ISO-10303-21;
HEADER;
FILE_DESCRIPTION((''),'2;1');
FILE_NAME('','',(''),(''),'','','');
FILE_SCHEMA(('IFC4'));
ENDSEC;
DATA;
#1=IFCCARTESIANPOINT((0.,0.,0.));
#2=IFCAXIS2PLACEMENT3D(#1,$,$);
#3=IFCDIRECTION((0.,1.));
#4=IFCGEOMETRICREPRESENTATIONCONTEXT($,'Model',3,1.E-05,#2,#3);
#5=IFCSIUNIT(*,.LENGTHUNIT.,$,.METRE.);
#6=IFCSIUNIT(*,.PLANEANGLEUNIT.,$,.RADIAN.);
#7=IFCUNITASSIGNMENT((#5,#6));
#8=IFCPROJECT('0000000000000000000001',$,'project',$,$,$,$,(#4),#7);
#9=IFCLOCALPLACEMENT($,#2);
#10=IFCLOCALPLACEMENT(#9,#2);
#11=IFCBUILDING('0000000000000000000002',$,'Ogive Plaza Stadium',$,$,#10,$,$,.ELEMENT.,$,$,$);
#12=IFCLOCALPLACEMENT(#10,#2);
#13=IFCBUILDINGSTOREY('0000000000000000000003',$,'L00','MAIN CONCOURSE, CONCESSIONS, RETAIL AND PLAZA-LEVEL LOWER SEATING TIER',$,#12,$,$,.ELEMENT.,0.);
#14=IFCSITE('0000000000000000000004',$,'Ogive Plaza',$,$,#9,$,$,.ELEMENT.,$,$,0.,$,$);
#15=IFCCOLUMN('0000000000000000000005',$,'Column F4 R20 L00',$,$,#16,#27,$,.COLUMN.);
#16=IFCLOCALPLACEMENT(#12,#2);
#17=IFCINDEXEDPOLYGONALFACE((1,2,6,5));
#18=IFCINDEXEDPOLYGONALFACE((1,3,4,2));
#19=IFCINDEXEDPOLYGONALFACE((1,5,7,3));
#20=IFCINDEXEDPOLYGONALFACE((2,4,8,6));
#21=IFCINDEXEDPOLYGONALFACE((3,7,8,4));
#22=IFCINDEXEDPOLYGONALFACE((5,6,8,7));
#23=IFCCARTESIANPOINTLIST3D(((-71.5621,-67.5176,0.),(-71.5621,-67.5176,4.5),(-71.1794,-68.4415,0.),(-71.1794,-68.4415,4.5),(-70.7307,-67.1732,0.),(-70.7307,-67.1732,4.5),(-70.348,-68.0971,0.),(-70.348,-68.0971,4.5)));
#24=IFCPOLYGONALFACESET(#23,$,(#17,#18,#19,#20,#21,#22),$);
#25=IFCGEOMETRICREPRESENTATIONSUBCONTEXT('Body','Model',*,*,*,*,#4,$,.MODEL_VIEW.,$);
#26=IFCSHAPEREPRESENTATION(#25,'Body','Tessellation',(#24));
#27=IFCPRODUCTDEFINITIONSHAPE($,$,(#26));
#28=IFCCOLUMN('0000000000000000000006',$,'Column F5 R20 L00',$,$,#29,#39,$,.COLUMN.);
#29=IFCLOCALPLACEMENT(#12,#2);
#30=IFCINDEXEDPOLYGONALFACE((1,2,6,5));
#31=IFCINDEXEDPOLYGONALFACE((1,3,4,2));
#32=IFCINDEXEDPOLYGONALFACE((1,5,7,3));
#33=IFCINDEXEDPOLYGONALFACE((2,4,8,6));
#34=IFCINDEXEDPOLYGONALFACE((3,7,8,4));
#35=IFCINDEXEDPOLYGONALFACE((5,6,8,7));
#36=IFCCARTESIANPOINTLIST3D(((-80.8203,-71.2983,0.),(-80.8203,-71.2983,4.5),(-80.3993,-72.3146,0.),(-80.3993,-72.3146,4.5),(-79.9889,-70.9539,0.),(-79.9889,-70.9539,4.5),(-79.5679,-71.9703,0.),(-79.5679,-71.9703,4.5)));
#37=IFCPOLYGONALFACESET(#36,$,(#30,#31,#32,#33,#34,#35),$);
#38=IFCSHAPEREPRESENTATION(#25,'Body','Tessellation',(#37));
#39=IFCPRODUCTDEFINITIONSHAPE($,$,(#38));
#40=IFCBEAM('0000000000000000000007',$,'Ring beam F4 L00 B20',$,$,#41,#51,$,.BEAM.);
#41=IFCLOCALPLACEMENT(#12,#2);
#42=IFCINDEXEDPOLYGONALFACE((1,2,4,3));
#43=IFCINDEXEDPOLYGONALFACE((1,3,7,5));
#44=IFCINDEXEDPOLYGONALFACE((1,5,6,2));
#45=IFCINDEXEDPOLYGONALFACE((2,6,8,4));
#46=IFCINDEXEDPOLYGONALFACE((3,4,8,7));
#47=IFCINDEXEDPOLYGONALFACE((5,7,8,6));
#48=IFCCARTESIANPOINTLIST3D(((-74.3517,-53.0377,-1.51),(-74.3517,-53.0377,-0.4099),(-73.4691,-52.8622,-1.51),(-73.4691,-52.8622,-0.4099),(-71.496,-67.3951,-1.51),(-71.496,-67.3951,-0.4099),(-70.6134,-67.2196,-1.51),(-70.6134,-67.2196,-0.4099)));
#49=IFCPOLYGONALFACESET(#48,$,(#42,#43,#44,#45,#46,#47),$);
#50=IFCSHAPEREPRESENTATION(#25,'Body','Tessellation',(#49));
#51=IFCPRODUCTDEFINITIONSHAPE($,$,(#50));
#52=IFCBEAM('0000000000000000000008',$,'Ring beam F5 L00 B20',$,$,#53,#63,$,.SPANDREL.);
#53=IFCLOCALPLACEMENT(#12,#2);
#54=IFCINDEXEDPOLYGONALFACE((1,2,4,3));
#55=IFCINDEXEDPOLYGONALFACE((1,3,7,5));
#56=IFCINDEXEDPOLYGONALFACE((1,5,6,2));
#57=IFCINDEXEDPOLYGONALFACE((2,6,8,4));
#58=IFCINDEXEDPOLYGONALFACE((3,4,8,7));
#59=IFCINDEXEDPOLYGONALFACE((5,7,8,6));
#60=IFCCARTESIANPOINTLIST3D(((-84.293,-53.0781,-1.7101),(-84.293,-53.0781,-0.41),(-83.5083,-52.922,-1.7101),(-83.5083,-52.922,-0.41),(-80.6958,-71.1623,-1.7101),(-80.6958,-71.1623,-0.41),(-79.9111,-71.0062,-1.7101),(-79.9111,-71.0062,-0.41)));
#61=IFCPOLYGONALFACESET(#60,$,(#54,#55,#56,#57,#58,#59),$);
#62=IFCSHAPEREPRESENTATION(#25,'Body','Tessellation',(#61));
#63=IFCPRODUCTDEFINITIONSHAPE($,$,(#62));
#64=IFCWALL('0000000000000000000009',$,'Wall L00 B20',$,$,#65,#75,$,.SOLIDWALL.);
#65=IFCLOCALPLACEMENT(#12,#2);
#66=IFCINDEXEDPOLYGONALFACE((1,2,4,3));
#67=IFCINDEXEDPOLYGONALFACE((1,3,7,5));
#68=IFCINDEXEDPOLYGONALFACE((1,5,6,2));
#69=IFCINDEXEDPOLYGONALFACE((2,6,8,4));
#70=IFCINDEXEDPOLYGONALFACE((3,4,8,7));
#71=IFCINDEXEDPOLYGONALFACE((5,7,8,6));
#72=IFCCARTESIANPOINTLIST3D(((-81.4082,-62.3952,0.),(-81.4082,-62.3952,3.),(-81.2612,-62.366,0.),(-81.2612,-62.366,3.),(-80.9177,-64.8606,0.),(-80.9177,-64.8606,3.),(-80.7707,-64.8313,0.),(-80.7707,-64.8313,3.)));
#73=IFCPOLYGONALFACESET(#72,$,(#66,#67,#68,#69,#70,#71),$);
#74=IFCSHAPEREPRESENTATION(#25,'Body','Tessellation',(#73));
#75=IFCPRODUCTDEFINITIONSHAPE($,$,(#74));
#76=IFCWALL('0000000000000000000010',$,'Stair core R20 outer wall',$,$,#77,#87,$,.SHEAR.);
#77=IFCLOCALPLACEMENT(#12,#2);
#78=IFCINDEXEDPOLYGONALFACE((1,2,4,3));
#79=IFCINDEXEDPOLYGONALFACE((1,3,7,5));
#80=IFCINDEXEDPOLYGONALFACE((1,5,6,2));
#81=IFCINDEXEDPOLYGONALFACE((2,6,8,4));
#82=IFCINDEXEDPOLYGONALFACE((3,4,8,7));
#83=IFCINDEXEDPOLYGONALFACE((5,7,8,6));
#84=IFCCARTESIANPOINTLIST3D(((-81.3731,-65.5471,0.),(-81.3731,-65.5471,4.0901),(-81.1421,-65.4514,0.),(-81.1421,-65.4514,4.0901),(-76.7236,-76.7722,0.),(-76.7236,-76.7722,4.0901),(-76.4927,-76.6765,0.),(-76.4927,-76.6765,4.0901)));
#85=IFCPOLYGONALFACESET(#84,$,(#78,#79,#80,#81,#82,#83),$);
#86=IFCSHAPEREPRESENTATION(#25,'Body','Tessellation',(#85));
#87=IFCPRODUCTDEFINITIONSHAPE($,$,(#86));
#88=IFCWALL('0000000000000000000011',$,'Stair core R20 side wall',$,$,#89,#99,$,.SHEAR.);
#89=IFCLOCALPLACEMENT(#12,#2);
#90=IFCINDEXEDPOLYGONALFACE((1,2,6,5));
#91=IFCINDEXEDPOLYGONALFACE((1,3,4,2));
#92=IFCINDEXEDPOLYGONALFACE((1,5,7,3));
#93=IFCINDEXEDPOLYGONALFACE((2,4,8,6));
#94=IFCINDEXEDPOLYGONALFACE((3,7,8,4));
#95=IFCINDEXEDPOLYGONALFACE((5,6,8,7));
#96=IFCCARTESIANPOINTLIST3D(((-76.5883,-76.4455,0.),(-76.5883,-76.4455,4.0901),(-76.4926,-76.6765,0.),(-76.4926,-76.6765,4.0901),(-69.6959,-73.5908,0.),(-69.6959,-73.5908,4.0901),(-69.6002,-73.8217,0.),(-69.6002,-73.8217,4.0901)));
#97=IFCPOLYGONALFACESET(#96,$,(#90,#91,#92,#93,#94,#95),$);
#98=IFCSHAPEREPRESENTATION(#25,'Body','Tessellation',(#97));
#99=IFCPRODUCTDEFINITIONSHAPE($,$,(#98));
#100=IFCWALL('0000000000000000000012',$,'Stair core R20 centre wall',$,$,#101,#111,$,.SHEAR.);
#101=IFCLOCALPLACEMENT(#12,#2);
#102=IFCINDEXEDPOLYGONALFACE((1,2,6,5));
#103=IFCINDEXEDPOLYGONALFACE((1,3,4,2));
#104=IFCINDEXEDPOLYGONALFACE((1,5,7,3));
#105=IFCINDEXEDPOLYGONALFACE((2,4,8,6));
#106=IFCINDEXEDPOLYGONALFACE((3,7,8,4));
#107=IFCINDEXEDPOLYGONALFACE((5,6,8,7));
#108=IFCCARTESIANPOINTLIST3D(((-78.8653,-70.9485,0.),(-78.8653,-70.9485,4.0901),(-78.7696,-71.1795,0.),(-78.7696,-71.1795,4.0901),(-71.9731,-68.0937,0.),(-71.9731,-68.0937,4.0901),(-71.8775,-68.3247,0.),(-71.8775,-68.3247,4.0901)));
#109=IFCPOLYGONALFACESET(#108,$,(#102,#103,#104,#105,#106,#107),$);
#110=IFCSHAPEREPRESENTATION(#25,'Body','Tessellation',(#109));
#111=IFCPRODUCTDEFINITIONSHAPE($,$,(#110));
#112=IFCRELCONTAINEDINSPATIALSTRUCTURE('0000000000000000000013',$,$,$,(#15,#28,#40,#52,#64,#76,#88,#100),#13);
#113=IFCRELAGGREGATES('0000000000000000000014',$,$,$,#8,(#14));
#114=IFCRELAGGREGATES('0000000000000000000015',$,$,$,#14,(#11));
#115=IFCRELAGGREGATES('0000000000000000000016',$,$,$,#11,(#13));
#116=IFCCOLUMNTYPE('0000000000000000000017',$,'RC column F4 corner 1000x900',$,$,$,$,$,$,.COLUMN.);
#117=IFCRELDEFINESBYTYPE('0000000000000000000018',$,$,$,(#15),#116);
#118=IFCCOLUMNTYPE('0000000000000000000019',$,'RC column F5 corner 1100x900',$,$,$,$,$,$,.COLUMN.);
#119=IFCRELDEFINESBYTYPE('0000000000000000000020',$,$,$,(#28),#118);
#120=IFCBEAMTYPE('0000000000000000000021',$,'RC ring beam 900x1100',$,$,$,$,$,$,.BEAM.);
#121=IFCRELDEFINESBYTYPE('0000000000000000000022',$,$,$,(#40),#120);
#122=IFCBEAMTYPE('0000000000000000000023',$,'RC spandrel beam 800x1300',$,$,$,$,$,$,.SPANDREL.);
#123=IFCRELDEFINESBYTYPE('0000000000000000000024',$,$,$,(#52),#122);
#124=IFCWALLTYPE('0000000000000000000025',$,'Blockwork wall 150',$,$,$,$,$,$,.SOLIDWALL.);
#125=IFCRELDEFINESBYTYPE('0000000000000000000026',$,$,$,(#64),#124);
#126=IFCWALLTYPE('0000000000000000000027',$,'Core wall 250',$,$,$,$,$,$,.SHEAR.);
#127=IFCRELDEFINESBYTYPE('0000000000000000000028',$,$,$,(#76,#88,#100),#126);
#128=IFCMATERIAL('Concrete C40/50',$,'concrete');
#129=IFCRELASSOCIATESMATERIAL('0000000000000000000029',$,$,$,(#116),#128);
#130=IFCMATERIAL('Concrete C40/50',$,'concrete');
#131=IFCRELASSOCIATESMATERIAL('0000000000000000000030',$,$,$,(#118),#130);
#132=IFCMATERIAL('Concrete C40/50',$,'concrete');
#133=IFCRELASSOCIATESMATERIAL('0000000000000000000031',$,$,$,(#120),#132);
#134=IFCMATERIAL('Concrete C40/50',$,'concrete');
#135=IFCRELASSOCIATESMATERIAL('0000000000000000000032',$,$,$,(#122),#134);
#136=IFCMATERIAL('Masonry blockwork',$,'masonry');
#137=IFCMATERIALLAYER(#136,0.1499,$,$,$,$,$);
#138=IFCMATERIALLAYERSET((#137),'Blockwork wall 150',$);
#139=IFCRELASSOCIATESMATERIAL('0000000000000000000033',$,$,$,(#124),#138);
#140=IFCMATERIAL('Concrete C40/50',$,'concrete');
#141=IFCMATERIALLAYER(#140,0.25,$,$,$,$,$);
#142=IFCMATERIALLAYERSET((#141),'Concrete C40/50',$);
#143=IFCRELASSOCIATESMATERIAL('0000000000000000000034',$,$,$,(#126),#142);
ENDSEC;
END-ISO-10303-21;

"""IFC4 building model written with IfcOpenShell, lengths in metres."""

from ifc_helpers import new_model, si_unit, direction, frame, frame_2d, origin, origin_2d, place, context, subcontext, project, spatial, rectangle, extrude, material, layer, layer_set, material_profile, profile_set, type_object, element, save


model = new_model("IFC4")

# Units and contexts
model_context = context("Model", 3, precision=1e-05, world=origin(), true_north=direction((0.0, 1.0)))
body_context = subcontext(model_context, "Body", "Model", "MODEL_VIEW")
ifc_project = project(units=[si_unit("LENGTHUNIT", "METRE"), si_unit("PLANEANGLEUNIT", "RADIAN")], contexts=[model_context])

# Site, building, storey
site_placement = place(None, origin())
site = spatial("IfcSite", under=ifc_project, at=site_placement, Name="Ogive Plaza", CompositionType="ELEMENT", RefElevation=0.0)
building_placement = place(site_placement, origin())
building = spatial("IfcBuilding", under=site, at=building_placement, Name="Ogive Plaza Stadium", CompositionType="ELEMENT")
storey_placement = place(building_placement, origin())
storey = spatial("IfcBuildingStorey", under=building, at=storey_placement, Name="L00", Description="MAIN CONCOURSE, CONCESSIONS, RETAIL AND PLAZA-LEVEL LOWER SEATING TIER", CompositionType="ELEMENT", Elevation=0.0)

# Columns
ifc_material_1 = material(Name="Concrete C40/50", Category="concrete")
ifc_material_profile_1 = material_profile(ifc_material_1, rectangle(XDim=1.0, YDim=0.8999, at=origin_2d()), Name="RC 1000x900")
ifc_profile_set_1 = profile_set([ifc_material_profile_1], Name="Concrete C40/50")
column_type_1 = type_object("IfcColumnType", Name="RC column F4 corner 1000x900", PredefinedType="COLUMN", material=ifc_profile_set_1)
column_1_placement = place(storey_placement, frame((-70.9551, -67.8074, 0.0), z_axis=(0.0, 0.0, 1.0), x_axis=(0.382683, -0.92388, 0.0)))
element("IfcColumn", 1, at=column_1_placement, inside=storey, type_object=column_type_1, Name="Column F4 R20 L00", PredefinedType="COLUMN", context=body_context, shape_type="SweptSolid", body=[
    extrude(rectangle(XDim=1.0, YDim=0.8999, at=origin_2d()), origin(), (0.0, 0.0, 1.0), 4.5),
])
ifc_material_2 = material(Name="Concrete C40/50", Category="concrete")
ifc_material_profile_2 = material_profile(ifc_material_2, rectangle(XDim=1.1001, YDim=0.8999, at=origin_2d()), Name="RC 1100x900")
ifc_profile_set_2 = profile_set([ifc_material_profile_2], Name="Concrete C40/50")
column_type_2 = type_object("IfcColumnType", Name="RC column F5 corner 1100x900", PredefinedType="COLUMN", material=ifc_profile_set_2)
column_2_placement = place(storey_placement, frame((-80.1941, -71.6343, 0.0), z_axis=(0.0, 0.0, 1.0), x_axis=(0.382683, -0.92388, 0.0)))
element("IfcColumn", 2, at=column_2_placement, inside=storey, type_object=column_type_2, Name="Column F5 R20 L00", PredefinedType="COLUMN", context=body_context, shape_type="SweptSolid", body=[
    extrude(rectangle(XDim=1.1001, YDim=0.8999, at=origin_2d()), origin(), (0.0, 0.0, 1.0), 4.5),
])

# Beams
ifc_material_3 = material(Name="Concrete C40/50", Category="concrete")
ifc_material_profile_3 = material_profile(ifc_material_3, rectangle(XDim=0.8999, YDim=1.1001, at=origin_2d()), Name="RC 900x1100")
ifc_profile_set_3 = profile_set([ifc_material_profile_3], Name="Concrete C40/50")
beam_type_1 = type_object("IfcBeamType", Name="RC ring beam 900x1100", PredefinedType="BEAM", material=ifc_profile_set_3)
beam_1_placement = place(storey_placement, frame((-71.0547, -67.3074, -0.96), z_axis=(-0.19508, 0.980787, 0.0), x_axis=(-0.980787, -0.19508, 0.0)))
element("IfcBeam", 3, at=beam_1_placement, inside=storey, type_object=beam_type_1, Name="Ring beam F4 L00 B20", PredefinedType="BEAM", context=body_context, shape_type="SweptSolid", body=[
    extrude(rectangle(XDim=0.8999, YDim=1.1001, at=origin_2d()), origin(), (0.0, 0.0, 1.0), 14.6387),
])
ifc_material_4 = material(Name="Concrete C40/50", Category="concrete")
ifc_material_profile_4 = material_profile(ifc_material_4, rectangle(XDim=0.8, YDim=1.3, at=origin_2d()), Name="RC 800x1300")
ifc_profile_set_4 = profile_set([ifc_material_profile_4], Name="Concrete C40/50")
beam_type_2 = type_object("IfcBeamType", Name="RC spandrel beam 800x1300", PredefinedType="SPANDREL", material=ifc_profile_set_4)
beam_2_placement = place(storey_placement, frame((-80.3035, -71.0842, -1.0601), z_axis=(-0.19509, 0.980785, 0.0), x_axis=(-0.980785, -0.19509, 0.0)))
element("IfcBeam", 4, at=beam_2_placement, inside=storey, type_object=beam_type_2, Name="Ring beam F5 L00 B20", PredefinedType="SPANDREL", context=body_context, shape_type="SweptSolid", body=[
    extrude(rectangle(XDim=0.8, YDim=1.3, at=origin_2d()), origin(), (0.0, 0.0, 1.0), 18.4385),
])

# Walls
ifc_material_5 = material(Name="Masonry blockwork", Category="masonry")
ifc_layer_1 = layer(ifc_material_5, 0.1499)
ifc_layer_set_1 = layer_set([ifc_layer_1], Name="Blockwork wall 150")
wall_type_1 = type_object("IfcWallType", Name="Blockwork wall 150", PredefinedType="SOLIDWALL", material=ifc_layer_set_1)
wall_1_placement = place(storey_placement, frame((-80.8442, -64.8459, 0.0), z_axis=(0.0, 0.0, 1.0), x_axis=(-0.195126, 0.980778, 0.0)))
element("IfcWall", 5, at=wall_1_placement, inside=storey, type_object=wall_type_1, Name="Wall L00 B20", PredefinedType="SOLIDWALL", context=body_context, shape_type="SweptSolid", body=[
    extrude(rectangle(XDim=2.5137, YDim=0.1499, at=frame_2d((1.2568, 0.0))), origin(), (0.0, 0.0, 1.0), 3.0),
])
ifc_material_6 = material(Name="Concrete C40/50", Category="concrete")
ifc_layer_2 = layer(ifc_material_6, 0.25)
ifc_layer_set_2 = layer_set([ifc_layer_2], Name="Concrete C40/50")
wall_type_2 = type_object("IfcWallType", Name="Core wall 250", PredefinedType="SHEAR", material=ifc_layer_set_2)
wall_2_placement = place(storey_placement, frame((-81.2576, -65.4993, 0.0), z_axis=(0.0, 0.0, 1.0), x_axis=(0.382671, -0.923885, 0.0)))
element("IfcWall", 6, at=wall_2_placement, inside=storey, type_object=wall_type_2, Name="Stair core R20 outer wall", PredefinedType="SHEAR", context=body_context, shape_type="SweptSolid", body=[
    extrude(rectangle(XDim=12.1499, YDim=0.25, at=frame_2d((6.075, 0.0))), origin(), (0.0, 0.0, 1.0), 4.0901),
])
wall_3_placement = place(storey_placement, frame((-69.6482, -73.7063, 0.0), z_axis=(0.0, 0.0, 1.0), x_axis=(-0.923887, -0.382665, 0.0)))
element("IfcWall", 7, at=wall_3_placement, inside=storey, type_object=wall_type_2, Name="Stair core R20 side wall", PredefinedType="SHEAR", context=body_context, shape_type="SweptSolid", body=[
    extrude(rectangle(XDim=7.4602, YDim=0.25, at=frame_2d((3.73, 0.0))), origin(), (0.0, 0.0, 1.0), 4.0901),
])
wall_4_placement = place(storey_placement, frame((-71.9253, -68.2092, 0.0), z_axis=(0.0, 0.0, 1.0), x_axis=(-0.923882, -0.382676, 0.0)))
element("IfcWall", 8, at=wall_4_placement, inside=storey, type_object=wall_type_2, Name="Stair core R20 centre wall", PredefinedType="SHEAR", context=body_context, shape_type="SweptSolid", body=[
    extrude(rectangle(XDim=7.46, YDim=0.25, at=frame_2d((3.73, 0.0))), origin(), (0.0, 0.0, 1.0), 4.0901),
])

save(model, "model.ifc")
